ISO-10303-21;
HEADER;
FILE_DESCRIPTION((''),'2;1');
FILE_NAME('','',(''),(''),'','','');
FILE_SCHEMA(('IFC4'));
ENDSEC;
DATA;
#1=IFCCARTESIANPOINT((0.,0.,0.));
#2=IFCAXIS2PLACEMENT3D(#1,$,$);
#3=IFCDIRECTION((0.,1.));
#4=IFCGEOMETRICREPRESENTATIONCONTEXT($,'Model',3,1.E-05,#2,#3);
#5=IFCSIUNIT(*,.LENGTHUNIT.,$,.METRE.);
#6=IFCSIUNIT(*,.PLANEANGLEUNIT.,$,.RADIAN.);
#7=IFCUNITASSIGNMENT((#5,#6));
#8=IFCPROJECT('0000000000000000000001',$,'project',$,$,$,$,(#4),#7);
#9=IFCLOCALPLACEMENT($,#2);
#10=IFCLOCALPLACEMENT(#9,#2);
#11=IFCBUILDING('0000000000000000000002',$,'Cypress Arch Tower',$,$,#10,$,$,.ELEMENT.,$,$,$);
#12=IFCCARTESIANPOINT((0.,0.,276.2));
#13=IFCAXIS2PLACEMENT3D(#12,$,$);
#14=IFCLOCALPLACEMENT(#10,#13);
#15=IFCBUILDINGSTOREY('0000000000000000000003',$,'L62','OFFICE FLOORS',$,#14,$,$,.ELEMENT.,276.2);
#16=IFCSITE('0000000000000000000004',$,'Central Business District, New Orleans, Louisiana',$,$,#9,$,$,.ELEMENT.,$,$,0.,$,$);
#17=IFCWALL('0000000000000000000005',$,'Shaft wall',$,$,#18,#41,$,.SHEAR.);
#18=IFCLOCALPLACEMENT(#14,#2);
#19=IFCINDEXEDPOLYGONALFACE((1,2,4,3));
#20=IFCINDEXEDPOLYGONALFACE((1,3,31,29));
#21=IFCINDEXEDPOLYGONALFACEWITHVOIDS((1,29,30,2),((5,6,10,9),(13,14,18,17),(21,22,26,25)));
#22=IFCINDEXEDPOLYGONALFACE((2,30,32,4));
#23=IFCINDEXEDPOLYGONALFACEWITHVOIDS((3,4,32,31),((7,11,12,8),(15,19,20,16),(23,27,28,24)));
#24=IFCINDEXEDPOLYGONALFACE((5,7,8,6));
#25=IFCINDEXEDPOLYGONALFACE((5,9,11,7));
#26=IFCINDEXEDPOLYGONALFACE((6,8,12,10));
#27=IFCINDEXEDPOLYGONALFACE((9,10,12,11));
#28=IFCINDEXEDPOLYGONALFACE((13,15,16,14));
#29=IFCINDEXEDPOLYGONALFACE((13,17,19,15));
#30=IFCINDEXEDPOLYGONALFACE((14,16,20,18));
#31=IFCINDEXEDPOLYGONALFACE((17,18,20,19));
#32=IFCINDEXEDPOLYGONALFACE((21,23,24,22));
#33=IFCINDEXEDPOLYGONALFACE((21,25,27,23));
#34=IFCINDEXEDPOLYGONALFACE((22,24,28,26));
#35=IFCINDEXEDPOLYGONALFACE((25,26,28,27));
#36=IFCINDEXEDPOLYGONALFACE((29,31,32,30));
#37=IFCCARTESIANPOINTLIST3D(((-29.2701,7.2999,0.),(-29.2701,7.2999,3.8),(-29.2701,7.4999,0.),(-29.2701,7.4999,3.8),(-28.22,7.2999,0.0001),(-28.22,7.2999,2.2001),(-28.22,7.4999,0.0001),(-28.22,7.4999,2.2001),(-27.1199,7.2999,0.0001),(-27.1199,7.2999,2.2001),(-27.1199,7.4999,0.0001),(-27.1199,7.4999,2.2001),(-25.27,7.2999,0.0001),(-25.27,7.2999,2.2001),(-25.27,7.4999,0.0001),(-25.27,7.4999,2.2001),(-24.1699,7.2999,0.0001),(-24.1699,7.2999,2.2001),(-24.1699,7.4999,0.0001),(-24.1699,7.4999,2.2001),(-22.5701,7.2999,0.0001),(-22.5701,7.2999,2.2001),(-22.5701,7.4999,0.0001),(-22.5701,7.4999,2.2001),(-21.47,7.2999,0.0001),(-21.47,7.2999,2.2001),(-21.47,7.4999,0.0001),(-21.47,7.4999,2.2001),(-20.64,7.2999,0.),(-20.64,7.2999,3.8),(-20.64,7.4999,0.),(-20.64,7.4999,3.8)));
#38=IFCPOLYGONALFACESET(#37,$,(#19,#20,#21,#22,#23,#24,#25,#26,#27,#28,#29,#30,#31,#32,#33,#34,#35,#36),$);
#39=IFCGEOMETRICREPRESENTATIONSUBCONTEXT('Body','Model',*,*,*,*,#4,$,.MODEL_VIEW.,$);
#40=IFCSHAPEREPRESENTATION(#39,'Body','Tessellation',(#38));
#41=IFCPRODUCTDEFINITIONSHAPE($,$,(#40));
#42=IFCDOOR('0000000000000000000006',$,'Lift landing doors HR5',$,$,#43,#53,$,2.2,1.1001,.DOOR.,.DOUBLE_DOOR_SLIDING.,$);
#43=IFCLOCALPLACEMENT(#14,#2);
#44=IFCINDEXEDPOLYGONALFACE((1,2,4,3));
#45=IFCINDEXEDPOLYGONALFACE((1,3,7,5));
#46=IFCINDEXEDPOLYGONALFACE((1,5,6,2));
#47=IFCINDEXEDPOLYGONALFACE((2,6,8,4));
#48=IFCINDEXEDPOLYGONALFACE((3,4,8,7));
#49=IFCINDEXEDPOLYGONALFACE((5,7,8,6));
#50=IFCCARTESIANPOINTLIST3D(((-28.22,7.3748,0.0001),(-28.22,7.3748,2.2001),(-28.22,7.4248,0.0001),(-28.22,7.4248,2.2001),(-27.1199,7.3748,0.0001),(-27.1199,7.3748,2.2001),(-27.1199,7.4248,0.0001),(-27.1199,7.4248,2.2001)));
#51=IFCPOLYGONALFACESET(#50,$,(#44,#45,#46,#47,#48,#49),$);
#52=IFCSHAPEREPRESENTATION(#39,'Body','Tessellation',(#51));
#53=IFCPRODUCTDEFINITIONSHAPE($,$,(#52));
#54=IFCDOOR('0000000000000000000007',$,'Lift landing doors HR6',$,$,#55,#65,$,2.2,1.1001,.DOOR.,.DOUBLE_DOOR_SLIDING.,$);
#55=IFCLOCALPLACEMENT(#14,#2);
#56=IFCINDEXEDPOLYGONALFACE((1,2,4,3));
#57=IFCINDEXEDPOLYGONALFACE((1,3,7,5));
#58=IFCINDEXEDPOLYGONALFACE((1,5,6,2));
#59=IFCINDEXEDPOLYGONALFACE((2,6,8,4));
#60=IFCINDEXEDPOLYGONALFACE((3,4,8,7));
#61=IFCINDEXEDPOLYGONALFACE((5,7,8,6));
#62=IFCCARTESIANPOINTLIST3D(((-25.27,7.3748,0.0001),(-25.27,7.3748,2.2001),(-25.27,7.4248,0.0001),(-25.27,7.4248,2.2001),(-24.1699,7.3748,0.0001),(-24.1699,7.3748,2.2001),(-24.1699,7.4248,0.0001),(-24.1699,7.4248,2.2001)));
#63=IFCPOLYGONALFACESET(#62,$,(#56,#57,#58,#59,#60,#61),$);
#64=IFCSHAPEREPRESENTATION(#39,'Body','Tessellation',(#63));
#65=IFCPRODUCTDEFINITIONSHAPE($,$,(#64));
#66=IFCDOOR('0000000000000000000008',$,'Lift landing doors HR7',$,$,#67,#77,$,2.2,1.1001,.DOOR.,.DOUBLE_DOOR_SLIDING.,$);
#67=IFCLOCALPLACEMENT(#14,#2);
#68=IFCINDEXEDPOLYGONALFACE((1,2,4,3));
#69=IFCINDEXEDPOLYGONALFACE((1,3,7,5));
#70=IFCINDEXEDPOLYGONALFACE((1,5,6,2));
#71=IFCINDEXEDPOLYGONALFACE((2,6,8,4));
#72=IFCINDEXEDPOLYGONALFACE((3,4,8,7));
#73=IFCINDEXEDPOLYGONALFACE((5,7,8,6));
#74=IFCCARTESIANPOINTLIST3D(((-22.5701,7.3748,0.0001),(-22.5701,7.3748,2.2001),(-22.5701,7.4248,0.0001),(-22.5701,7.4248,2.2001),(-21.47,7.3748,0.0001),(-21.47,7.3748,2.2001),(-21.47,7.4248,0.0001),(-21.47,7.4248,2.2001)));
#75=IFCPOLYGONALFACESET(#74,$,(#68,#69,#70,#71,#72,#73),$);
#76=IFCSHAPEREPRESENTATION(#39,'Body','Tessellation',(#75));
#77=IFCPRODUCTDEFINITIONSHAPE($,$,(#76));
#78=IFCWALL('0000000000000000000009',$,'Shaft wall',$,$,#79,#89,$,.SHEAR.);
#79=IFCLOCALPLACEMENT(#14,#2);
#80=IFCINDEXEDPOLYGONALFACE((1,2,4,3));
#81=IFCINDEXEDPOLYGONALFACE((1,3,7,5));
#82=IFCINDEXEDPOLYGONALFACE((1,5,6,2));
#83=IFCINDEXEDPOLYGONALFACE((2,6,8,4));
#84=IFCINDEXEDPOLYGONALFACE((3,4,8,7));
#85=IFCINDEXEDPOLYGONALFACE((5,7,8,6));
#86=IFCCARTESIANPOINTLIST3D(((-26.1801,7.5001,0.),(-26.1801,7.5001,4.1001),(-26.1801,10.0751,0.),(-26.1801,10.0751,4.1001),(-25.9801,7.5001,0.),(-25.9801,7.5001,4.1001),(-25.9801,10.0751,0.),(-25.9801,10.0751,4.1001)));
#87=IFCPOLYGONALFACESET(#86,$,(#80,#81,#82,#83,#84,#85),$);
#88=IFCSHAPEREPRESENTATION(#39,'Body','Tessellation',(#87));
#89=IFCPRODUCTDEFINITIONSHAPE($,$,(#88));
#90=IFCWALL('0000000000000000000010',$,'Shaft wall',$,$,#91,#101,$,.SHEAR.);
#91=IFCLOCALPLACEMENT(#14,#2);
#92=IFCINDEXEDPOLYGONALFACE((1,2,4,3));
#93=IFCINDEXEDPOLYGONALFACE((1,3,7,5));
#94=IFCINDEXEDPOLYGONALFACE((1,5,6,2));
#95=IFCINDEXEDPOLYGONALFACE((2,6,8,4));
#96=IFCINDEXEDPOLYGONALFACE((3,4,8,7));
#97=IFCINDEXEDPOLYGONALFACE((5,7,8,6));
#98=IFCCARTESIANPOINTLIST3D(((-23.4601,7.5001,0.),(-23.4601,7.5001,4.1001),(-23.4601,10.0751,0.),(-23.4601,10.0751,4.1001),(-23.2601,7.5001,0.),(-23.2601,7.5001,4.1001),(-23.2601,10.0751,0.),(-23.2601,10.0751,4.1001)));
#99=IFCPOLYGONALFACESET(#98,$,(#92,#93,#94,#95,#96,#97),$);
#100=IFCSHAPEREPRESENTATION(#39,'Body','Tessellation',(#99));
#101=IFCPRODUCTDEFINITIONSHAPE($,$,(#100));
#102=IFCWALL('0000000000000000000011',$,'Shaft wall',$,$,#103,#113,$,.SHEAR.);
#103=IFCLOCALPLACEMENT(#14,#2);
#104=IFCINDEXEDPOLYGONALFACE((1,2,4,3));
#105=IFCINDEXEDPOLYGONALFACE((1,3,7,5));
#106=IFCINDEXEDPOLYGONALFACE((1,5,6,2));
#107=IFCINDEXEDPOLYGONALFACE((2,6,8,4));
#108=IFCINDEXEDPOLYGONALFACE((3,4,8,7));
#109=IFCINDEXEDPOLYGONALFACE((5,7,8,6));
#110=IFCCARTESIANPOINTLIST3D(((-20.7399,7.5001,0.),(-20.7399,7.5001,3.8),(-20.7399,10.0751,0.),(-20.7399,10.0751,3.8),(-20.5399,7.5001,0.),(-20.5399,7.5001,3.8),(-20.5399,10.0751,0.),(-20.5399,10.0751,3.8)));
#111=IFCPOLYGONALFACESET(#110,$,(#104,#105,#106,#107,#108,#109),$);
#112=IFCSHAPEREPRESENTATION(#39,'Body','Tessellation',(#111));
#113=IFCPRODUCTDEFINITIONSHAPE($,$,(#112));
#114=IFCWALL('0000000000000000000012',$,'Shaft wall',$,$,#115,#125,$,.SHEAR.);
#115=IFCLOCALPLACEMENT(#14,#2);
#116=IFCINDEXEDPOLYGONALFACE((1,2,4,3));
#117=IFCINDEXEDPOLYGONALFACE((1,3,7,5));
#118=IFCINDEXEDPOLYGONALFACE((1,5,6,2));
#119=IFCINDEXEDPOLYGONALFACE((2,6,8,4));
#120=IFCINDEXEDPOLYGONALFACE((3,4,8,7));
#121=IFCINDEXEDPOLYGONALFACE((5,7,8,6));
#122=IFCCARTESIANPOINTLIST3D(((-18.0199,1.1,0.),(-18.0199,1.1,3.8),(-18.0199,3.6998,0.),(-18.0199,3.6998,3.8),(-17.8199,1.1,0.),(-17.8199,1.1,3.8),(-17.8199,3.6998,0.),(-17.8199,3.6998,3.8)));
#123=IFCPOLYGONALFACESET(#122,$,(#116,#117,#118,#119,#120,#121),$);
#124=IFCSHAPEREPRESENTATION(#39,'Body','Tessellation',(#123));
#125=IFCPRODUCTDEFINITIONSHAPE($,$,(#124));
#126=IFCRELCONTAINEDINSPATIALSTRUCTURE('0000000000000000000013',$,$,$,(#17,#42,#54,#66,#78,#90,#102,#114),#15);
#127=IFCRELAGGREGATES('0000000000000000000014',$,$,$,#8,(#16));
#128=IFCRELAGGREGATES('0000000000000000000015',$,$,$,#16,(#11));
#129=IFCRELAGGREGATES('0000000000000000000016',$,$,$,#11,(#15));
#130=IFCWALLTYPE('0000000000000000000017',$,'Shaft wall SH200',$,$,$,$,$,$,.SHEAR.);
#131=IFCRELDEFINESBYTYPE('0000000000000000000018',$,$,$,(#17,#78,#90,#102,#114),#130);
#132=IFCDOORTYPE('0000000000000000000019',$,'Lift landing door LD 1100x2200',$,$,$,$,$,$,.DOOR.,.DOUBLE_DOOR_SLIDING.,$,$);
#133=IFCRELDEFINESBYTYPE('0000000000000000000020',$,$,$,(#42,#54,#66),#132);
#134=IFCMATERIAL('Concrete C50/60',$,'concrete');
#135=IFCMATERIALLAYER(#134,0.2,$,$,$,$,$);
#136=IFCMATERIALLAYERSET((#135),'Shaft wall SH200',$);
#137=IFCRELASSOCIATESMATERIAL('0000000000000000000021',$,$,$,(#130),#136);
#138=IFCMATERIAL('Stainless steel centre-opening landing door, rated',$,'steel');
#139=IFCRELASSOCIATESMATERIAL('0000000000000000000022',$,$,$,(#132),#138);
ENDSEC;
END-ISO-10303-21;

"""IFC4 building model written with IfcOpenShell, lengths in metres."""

from ifc_helpers import new_model, si_unit, direction, frame, frame_2d, origin, place, context, subcontext, project, spatial, rectangle, extrude, material, layer, layer_set, type_object, element, fill, save


model = new_model("IFC4")

# Units and contexts
model_context = context("Model", 3, precision=1e-05, world=origin(), true_north=direction((0.0, 1.0)))
body_context = subcontext(model_context, "Body", "Model", "MODEL_VIEW")
ifc_project = project(units=[si_unit("LENGTHUNIT", "METRE"), si_unit("PLANEANGLEUNIT", "RADIAN")], contexts=[model_context])

# Site, building, storey
site_placement = place(None, origin())
site = spatial("IfcSite", under=ifc_project, at=site_placement, Name="Central Business District, New Orleans, Louisiana", CompositionType="ELEMENT", RefElevation=0.0)
building_placement = place(site_placement, origin())
building = spatial("IfcBuilding", under=site, at=building_placement, Name="Cypress Arch Tower", CompositionType="ELEMENT")
storey_placement = place(building_placement, frame((0.0, 0.0, 276.2)))
storey = spatial("IfcBuildingStorey", under=building, at=storey_placement, Name="L62", Description="OFFICE FLOORS", CompositionType="ELEMENT", Elevation=276.2)

# Wall, openings, doors
ifc_material_1 = material(Name="Concrete C50/60", Category="concrete")
ifc_layer_1 = layer(ifc_material_1, 0.2)
ifc_layer_set_1 = layer_set([ifc_layer_1], Name="Shaft wall SH200")
wall_type_1 = type_object("IfcWallType", Name="Shaft wall SH200", PredefinedType="SHEAR", material=ifc_layer_set_1)
wall_1_placement = place(storey_placement, frame((-29.27, 7.3999, 0.0), z_axis=(0.0, 0.0, 1.0), x_axis=(1.0, 0.0, 0.0)))
wall_1 = element("IfcWall", 1, at=wall_1_placement, inside=storey, type_object=wall_type_1, Name="Shaft wall", PredefinedType="SHEAR", context=body_context, shape_type="SweptSolid", body=[
    extrude(rectangle(XDim=8.6301, YDim=0.2, at=frame_2d((4.3149, 0.0))), origin(), (0.0, 0.0, 1.0), 3.8),
])
opening_1_placement = place(wall_1_placement, frame((1.05, 0.0, 0.0)))
opening_1 = element("IfcOpeningElement", 2, at=opening_1_placement, cuts=wall_1, PredefinedType="OPENING", context=body_context, shape_type="SweptSolid", body=[
    extrude(rectangle(XDim=1.1001, YDim=2.2, at=frame_2d((0.55, 1.1001))), frame((0.0, 0.1099, 0.0), z_axis=(0.0, -1.0, 0.0), x_axis=(1.0, 0.0, 0.0)), (0.0, 0.0, 1.0), 0.22),
])
opening_2_placement = place(wall_1_placement, frame((4.0, 0.0, 0.0)))
opening_2 = element("IfcOpeningElement", 3, at=opening_2_placement, cuts=wall_1, PredefinedType="OPENING", context=body_context, shape_type="SweptSolid", body=[
    extrude(rectangle(XDim=1.1001, YDim=2.2, at=frame_2d((0.55, 1.1001))), frame((0.0, 0.1099, 0.0), z_axis=(0.0, -1.0, 0.0), x_axis=(1.0, 0.0, 0.0)), (0.0, 0.0, 1.0), 0.22),
])
opening_3_placement = place(wall_1_placement, frame((6.7, 0.0, 0.0)))
opening_3 = element("IfcOpeningElement", 4, at=opening_3_placement, cuts=wall_1, PredefinedType="OPENING", context=body_context, shape_type="SweptSolid", body=[
    extrude(rectangle(XDim=1.1001, YDim=2.2, at=frame_2d((0.55, 1.1001))), frame((0.0, 0.1099, 0.0), z_axis=(0.0, -1.0, 0.0), x_axis=(1.0, 0.0, 0.0)), (0.0, 0.0, 1.0), 0.22),
])
ifc_material_2 = material(Name="Stainless steel centre-opening landing door, rated", Category="steel")
door_type_1 = type_object("IfcDoorType", Name="Lift landing door LD 1100x2200", OperationType="DOUBLE_DOOR_SLIDING", PredefinedType="DOOR", material=ifc_material_2)
door_1_placement = place(opening_1_placement, origin())
door_1 = element("IfcDoor", 5, at=door_1_placement, inside=storey, type_object=door_type_1, Name="Lift landing doors HR5", OperationType="DOUBLE_DOOR_SLIDING", OverallHeight=2.2, OverallWidth=1.1001, PredefinedType="DOOR", context=body_context, shape_type="SweptSolid", body=[
    extrude(rectangle(XDim=1.1001, YDim=2.2, at=frame_2d((0.55, 1.1001))), frame((0.0, 0.0249, 0.0), z_axis=(0.0, -1.0, 0.0), x_axis=(1.0, 0.0, 0.0)), (0.0, 0.0, 1.0), 0.05),
])
fill(opening_1, door_1)
door_2_placement = place(opening_2_placement, origin())
door_2 = element("IfcDoor", 6, at=door_2_placement, inside=storey, type_object=door_type_1, Name="Lift landing doors HR6", OperationType="DOUBLE_DOOR_SLIDING", OverallHeight=2.2, OverallWidth=1.1001, PredefinedType="DOOR", context=body_context, shape_type="SweptSolid", body=[
    extrude(rectangle(XDim=1.1001, YDim=2.2, at=frame_2d((0.55, 1.1001))), frame((0.0, 0.0249, 0.0), z_axis=(0.0, -1.0, 0.0), x_axis=(1.0, 0.0, 0.0)), (0.0, 0.0, 1.0), 0.05),
])
fill(opening_2, door_2)
door_3_placement = place(opening_3_placement, origin())
door_3 = element("IfcDoor", 7, at=door_3_placement, inside=storey, type_object=door_type_1, Name="Lift landing doors HR7", OperationType="DOUBLE_DOOR_SLIDING", OverallHeight=2.2, OverallWidth=1.1001, PredefinedType="DOOR", context=body_context, shape_type="SweptSolid", body=[
    extrude(rectangle(XDim=1.1001, YDim=2.2, at=frame_2d((0.55, 1.1001))), frame((0.0, 0.0249, 0.0), z_axis=(0.0, -1.0, 0.0), x_axis=(1.0, 0.0, 0.0)), (0.0, 0.0, 1.0), 0.05),
])
fill(opening_3, door_3)

# Walls
for number, where, z_axis, x_axis, name in (
    (8, (-26.0801, 7.5, 0.0), (0.0, 0.0, 1.0), (0.0, 1.0, 0.0), "Shaft wall"),
    (9, (-23.3601, 7.5, 0.0), (0.0, 0.0, 1.0), (0.0, 1.0, 0.0), "Shaft wall"),
):
    element("IfcWall", number, at=place(storey_placement, frame(where, z_axis=z_axis, x_axis=x_axis)), inside=storey, type_object=wall_type_1, Name=name, PredefinedType="SHEAR", context=body_context, shape_type="SweptSolid", body=[
        extrude(rectangle(XDim=2.575, YDim=0.2, at=frame_2d((1.2876, 0.0))), origin(), (0.0, 0.0, 1.0), 4.1001),
    ])
wall_2_placement = place(storey_placement, frame((-20.6399, 7.5, 0.0), z_axis=(0.0, 0.0, 1.0), x_axis=(0.0, 1.0, 0.0)))
element("IfcWall", 10, at=wall_2_placement, inside=storey, type_object=wall_type_1, Name="Shaft wall", PredefinedType="SHEAR", context=body_context, shape_type="SweptSolid", body=[
    extrude(rectangle(XDim=2.575, YDim=0.2, at=frame_2d((1.2876, 0.0))), origin(), (0.0, 0.0, 1.0), 3.8),
])
wall_3_placement = place(storey_placement, frame((-17.9199, 1.1001, 0.0), z_axis=(0.0, 0.0, 1.0), x_axis=(0.0, 1.0, 0.0)))
element("IfcWall", 11, at=wall_3_placement, inside=storey, type_object=wall_type_1, Name="Shaft wall", PredefinedType="SHEAR", context=body_context, shape_type="SweptSolid", body=[
    extrude(rectangle(XDim=2.5999, YDim=0.2, at=frame_2d((1.2998, 0.0))), origin(), (0.0, 0.0, 1.0), 3.8),
])

save(model, "model.ifc")
